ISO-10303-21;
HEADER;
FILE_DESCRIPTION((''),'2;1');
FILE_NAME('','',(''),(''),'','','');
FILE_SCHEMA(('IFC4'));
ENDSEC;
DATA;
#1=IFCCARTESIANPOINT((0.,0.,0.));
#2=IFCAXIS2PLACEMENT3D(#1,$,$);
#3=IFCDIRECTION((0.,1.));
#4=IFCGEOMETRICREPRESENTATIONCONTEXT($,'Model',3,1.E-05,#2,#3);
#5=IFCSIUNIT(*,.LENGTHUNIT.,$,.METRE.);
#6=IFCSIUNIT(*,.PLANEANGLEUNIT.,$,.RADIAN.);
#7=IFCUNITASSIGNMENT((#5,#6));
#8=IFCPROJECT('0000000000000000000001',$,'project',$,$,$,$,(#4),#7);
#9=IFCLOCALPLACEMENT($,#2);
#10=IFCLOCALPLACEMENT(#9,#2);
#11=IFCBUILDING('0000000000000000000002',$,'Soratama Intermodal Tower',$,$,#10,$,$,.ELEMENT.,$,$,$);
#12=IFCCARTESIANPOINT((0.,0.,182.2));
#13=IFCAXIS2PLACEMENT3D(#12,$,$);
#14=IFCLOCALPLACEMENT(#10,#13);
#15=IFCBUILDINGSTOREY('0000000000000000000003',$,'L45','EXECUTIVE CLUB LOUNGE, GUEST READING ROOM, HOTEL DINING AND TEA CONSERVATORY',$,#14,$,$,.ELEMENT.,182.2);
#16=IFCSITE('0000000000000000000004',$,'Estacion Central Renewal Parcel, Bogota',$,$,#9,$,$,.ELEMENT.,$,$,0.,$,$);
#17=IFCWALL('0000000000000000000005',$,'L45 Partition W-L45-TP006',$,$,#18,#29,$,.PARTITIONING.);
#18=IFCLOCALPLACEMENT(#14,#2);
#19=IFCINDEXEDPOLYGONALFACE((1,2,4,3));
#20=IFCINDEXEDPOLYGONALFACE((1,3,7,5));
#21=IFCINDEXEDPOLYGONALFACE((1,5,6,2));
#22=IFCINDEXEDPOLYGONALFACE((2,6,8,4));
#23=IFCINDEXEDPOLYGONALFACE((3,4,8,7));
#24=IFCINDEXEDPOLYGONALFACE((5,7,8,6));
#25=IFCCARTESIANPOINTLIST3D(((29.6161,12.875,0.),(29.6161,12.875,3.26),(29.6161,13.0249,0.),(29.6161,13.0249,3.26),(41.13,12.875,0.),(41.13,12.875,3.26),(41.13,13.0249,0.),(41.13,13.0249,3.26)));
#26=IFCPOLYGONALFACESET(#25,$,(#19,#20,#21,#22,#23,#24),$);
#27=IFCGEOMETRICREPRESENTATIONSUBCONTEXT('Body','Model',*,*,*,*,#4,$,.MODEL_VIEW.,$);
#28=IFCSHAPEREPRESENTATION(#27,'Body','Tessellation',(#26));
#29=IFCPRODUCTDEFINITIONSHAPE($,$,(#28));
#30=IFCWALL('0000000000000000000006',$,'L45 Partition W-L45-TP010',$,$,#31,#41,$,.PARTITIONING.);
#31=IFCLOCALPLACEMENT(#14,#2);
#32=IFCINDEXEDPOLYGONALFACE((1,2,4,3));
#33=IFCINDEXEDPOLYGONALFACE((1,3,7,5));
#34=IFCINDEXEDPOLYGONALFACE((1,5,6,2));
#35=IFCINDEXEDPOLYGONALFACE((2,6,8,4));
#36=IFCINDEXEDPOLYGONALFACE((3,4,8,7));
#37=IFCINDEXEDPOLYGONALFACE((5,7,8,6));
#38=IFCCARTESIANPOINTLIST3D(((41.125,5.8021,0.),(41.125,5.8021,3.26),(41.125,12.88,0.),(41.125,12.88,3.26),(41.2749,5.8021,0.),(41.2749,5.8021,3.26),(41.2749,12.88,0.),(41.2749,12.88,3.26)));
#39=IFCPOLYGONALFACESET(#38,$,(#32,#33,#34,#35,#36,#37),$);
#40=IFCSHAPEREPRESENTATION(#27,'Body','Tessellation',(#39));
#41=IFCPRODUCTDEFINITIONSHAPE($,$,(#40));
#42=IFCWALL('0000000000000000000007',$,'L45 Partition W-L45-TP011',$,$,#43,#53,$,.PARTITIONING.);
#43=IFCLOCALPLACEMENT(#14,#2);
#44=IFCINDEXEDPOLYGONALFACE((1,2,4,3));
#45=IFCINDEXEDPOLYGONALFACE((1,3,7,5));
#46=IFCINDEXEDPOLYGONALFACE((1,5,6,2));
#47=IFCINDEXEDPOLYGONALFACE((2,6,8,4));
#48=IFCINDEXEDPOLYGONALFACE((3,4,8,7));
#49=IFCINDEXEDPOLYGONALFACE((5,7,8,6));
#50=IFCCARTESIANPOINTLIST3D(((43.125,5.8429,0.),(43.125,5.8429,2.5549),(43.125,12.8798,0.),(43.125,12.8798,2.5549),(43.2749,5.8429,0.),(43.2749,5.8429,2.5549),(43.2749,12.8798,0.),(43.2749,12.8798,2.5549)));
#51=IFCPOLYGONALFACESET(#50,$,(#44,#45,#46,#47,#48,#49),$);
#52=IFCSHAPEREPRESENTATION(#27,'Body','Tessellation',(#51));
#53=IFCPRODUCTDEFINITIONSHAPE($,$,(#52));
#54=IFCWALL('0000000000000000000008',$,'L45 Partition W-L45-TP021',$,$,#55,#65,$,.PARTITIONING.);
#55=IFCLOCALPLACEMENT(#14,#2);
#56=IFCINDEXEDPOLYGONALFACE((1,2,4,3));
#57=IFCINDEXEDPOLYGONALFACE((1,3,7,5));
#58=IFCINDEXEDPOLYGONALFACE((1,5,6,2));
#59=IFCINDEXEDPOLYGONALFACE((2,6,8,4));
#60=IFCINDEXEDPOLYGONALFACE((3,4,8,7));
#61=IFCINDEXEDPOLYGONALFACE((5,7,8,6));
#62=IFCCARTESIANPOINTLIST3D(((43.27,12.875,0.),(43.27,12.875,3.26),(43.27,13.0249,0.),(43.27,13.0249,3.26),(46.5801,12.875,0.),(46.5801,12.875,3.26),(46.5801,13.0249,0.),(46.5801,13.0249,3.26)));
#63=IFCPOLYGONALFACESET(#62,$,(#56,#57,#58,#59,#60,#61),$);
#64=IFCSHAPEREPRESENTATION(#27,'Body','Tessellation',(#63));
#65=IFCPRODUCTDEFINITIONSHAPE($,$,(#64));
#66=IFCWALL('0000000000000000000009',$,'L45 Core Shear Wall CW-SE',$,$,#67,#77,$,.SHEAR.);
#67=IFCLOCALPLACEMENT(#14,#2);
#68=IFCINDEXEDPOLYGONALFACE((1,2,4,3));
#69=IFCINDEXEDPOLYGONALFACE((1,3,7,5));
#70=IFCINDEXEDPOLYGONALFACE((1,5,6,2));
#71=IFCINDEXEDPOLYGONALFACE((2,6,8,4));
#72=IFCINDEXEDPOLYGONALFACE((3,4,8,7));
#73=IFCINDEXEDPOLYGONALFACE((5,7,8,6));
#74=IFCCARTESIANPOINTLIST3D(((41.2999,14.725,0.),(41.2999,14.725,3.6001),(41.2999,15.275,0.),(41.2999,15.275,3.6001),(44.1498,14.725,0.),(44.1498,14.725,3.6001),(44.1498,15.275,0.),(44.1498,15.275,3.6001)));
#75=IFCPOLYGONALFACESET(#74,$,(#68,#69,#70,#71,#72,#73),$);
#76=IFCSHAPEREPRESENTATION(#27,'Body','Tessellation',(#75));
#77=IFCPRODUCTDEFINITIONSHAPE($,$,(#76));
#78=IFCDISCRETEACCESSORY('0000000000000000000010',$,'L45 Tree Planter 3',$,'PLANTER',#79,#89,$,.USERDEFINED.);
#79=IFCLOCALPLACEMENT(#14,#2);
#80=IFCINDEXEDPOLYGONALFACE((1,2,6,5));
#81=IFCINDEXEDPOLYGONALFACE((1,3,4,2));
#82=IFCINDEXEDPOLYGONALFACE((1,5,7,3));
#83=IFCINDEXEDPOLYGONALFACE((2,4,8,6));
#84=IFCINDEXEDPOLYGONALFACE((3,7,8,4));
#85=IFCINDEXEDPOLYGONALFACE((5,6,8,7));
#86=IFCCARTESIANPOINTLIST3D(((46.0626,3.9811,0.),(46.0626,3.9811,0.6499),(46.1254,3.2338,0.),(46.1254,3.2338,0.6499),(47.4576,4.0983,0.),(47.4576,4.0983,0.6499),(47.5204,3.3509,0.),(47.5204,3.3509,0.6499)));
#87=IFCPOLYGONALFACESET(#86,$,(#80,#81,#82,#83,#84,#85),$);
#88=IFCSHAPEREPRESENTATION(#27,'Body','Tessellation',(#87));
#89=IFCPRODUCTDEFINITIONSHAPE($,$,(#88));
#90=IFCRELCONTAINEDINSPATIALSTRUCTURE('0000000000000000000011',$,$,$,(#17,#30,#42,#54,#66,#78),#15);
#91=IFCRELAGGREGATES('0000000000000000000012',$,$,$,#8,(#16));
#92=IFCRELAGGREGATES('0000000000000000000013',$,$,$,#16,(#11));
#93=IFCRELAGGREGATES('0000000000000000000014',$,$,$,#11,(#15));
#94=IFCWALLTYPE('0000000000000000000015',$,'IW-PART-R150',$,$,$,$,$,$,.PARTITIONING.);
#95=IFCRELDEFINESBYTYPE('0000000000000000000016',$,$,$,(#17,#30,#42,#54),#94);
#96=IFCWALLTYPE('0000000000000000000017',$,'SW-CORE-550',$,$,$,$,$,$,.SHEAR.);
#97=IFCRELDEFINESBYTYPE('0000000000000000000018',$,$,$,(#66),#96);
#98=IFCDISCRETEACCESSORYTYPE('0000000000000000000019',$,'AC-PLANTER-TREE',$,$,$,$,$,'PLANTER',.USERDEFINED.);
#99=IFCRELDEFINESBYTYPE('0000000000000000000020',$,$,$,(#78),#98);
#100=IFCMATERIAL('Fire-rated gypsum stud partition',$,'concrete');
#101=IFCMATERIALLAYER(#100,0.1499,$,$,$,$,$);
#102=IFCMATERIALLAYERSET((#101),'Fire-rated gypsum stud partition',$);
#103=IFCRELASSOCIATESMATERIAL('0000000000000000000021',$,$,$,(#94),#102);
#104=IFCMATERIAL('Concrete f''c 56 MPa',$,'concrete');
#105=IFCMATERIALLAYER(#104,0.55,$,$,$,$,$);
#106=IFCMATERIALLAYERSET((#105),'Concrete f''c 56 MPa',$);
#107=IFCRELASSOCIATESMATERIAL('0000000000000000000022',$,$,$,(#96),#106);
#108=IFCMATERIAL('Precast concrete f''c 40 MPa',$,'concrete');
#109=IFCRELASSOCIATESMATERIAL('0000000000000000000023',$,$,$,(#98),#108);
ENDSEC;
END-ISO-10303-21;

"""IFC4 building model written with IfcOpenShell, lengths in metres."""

from ifc_helpers import new_model, si_unit, direction, frame, frame_2d, origin, origin_2d, place, context, subcontext, project, spatial, rectangle, extrude, material, layer, layer_set, type_object, element, save


model = new_model("IFC4")

# Units and contexts
model_context = context("Model", 3, precision=1e-05, world=origin(), true_north=direction((0.0, 1.0)))
body_context = subcontext(model_context, "Body", "Model", "MODEL_VIEW")
ifc_project = project(units=[si_unit("LENGTHUNIT", "METRE"), si_unit("PLANEANGLEUNIT", "RADIAN")], contexts=[model_context])

# Site, building, storey
site_placement = place(None, origin())
site = spatial("IfcSite", under=ifc_project, at=site_placement, Name="Estacion Central Renewal Parcel, Bogota", CompositionType="ELEMENT", RefElevation=0.0)
building_placement = place(site_placement, origin())
building = spatial("IfcBuilding", under=site, at=building_placement, Name="Soratama Intermodal Tower", CompositionType="ELEMENT")
storey_placement = place(building_placement, frame((0.0, 0.0, 182.2)))
storey = spatial("IfcBuildingStorey", under=building, at=storey_placement, Name="L45", Description="EXECUTIVE CLUB LOUNGE, GUEST READING ROOM, HOTEL DINING AND TEA CONSERVATORY", CompositionType="ELEMENT", Elevation=182.2)

# Walls
ifc_material_1 = material(Name="Fire-rated gypsum stud partition", Category="concrete")
ifc_layer_1 = layer(ifc_material_1, 0.1499)
ifc_layer_set_1 = layer_set([ifc_layer_1], Name="Fire-rated gypsum stud partition")
wall_type_1 = type_object("IfcWallType", Name="IW-PART-R150", PredefinedType="PARTITIONING", material=ifc_layer_set_1)
wall_1_placement = place(storey_placement, frame((41.1299, 12.95, 0.0), z_axis=(0.0, 0.0, 1.0), x_axis=(-1.0, 0.0, 0.0)))
element("IfcWall", 1, at=wall_1_placement, inside=storey, type_object=wall_type_1, Name="L45 Partition W-L45-TP006", PredefinedType="PARTITIONING", context=body_context, shape_type="SweptSolid", body=[
    extrude(rectangle(XDim=11.5139, YDim=0.1499, at=frame_2d((5.7568, 0.0))), origin(), (0.0, 0.0, 1.0), 3.26),
])
wall_2_placement = place(storey_placement, frame((41.2, 5.802, 0.0), z_axis=(0.0, 0.0, 1.0), x_axis=(0.0, 1.0, 0.0)))
element("IfcWall", 2, at=wall_2_placement, inside=storey, type_object=wall_type_1, Name="L45 Partition W-L45-TP010", PredefinedType="PARTITIONING", context=body_context, shape_type="SweptSolid", body=[
    extrude(rectangle(XDim=7.0779, YDim=0.1499, at=frame_2d((3.5391, 0.0))), origin(), (0.0, 0.0, 1.0), 3.26),
])
wall_3_placement = place(storey_placement, frame((43.2, 12.8799, 0.0), z_axis=(0.0, 0.0, 1.0), x_axis=(0.0, -1.0, 0.0)))
element("IfcWall", 3, at=wall_3_placement, inside=storey, type_object=wall_type_1, Name="L45 Partition W-L45-TP011", PredefinedType="PARTITIONING", context=body_context, shape_type="SweptSolid", body=[
    extrude(rectangle(XDim=7.0369, YDim=0.1499, at=frame_2d((3.5186, 0.0))), origin(), (0.0, 0.0, 1.0), 2.5549),
])
wall_4_placement = place(storey_placement, frame((46.5801, 12.95, 0.0), z_axis=(0.0, 0.0, 1.0), x_axis=(-1.0, 0.0, 0.0)))
element("IfcWall", 4, at=wall_4_placement, inside=storey, type_object=wall_type_1, Name="L45 Partition W-L45-TP021", PredefinedType="PARTITIONING", context=body_context, shape_type="SweptSolid", body=[
    extrude(rectangle(XDim=3.3101, YDim=0.1499, at=frame_2d((1.655, 0.0))), origin(), (0.0, 0.0, 1.0), 3.26),
])
ifc_material_2 = material(Name="Concrete f'c 56 MPa", Category="concrete")
ifc_layer_2 = layer(ifc_material_2, 0.55)
ifc_layer_set_2 = layer_set([ifc_layer_2], Name="Concrete f'c 56 MPa")
wall_type_2 = type_object("IfcWallType", Name="SW-CORE-550", PredefinedType="SHEAR", material=ifc_layer_set_2)
wall_5_placement = place(storey_placement, frame((41.3, 15.0, 0.0), z_axis=(0.0, 0.0, 1.0), x_axis=(1.0, 0.0, 0.0)))
element("IfcWall", 5, at=wall_5_placement, inside=storey, type_object=wall_type_2, Name="L45 Core Shear Wall CW-SE", PredefinedType="SHEAR", context=body_context, shape_type="SweptSolid", body=[
    extrude(rectangle(XDim=2.8499, YDim=0.55, at=frame_2d((1.4248, 0.0))), origin(), (0.0, 0.0, 1.0), 3.6001),
])

# Discrete accessory
ifc_material_3 = material(Name="Precast concrete f'c 40 MPa", Category="concrete")
discrete_accessory_type = type_object("IfcDiscreteAccessoryType", Name="AC-PLANTER-TREE", ElementType="PLANTER", PredefinedType="USERDEFINED", material=ifc_material_3)
discrete_accessory_placement = place(storey_placement, frame((46.7915, 3.666, 0.0), z_axis=(0.0, 0.0, 1.0), x_axis=(0.083678, -0.996493, 0.0)))
element("IfcDiscreteAccessory", 6, at=discrete_accessory_placement, inside=storey, type_object=discrete_accessory_type, Name="L45 Tree Planter 3", ObjectType="PLANTER", PredefinedType="USERDEFINED", context=body_context, shape_type="SweptSolid", body=[
    extrude(rectangle(XDim=0.75, YDim=1.3999, at=origin_2d()), origin(), (0.0, 0.0, 1.0), 0.6499),
])

save(model, "model.ifc")
